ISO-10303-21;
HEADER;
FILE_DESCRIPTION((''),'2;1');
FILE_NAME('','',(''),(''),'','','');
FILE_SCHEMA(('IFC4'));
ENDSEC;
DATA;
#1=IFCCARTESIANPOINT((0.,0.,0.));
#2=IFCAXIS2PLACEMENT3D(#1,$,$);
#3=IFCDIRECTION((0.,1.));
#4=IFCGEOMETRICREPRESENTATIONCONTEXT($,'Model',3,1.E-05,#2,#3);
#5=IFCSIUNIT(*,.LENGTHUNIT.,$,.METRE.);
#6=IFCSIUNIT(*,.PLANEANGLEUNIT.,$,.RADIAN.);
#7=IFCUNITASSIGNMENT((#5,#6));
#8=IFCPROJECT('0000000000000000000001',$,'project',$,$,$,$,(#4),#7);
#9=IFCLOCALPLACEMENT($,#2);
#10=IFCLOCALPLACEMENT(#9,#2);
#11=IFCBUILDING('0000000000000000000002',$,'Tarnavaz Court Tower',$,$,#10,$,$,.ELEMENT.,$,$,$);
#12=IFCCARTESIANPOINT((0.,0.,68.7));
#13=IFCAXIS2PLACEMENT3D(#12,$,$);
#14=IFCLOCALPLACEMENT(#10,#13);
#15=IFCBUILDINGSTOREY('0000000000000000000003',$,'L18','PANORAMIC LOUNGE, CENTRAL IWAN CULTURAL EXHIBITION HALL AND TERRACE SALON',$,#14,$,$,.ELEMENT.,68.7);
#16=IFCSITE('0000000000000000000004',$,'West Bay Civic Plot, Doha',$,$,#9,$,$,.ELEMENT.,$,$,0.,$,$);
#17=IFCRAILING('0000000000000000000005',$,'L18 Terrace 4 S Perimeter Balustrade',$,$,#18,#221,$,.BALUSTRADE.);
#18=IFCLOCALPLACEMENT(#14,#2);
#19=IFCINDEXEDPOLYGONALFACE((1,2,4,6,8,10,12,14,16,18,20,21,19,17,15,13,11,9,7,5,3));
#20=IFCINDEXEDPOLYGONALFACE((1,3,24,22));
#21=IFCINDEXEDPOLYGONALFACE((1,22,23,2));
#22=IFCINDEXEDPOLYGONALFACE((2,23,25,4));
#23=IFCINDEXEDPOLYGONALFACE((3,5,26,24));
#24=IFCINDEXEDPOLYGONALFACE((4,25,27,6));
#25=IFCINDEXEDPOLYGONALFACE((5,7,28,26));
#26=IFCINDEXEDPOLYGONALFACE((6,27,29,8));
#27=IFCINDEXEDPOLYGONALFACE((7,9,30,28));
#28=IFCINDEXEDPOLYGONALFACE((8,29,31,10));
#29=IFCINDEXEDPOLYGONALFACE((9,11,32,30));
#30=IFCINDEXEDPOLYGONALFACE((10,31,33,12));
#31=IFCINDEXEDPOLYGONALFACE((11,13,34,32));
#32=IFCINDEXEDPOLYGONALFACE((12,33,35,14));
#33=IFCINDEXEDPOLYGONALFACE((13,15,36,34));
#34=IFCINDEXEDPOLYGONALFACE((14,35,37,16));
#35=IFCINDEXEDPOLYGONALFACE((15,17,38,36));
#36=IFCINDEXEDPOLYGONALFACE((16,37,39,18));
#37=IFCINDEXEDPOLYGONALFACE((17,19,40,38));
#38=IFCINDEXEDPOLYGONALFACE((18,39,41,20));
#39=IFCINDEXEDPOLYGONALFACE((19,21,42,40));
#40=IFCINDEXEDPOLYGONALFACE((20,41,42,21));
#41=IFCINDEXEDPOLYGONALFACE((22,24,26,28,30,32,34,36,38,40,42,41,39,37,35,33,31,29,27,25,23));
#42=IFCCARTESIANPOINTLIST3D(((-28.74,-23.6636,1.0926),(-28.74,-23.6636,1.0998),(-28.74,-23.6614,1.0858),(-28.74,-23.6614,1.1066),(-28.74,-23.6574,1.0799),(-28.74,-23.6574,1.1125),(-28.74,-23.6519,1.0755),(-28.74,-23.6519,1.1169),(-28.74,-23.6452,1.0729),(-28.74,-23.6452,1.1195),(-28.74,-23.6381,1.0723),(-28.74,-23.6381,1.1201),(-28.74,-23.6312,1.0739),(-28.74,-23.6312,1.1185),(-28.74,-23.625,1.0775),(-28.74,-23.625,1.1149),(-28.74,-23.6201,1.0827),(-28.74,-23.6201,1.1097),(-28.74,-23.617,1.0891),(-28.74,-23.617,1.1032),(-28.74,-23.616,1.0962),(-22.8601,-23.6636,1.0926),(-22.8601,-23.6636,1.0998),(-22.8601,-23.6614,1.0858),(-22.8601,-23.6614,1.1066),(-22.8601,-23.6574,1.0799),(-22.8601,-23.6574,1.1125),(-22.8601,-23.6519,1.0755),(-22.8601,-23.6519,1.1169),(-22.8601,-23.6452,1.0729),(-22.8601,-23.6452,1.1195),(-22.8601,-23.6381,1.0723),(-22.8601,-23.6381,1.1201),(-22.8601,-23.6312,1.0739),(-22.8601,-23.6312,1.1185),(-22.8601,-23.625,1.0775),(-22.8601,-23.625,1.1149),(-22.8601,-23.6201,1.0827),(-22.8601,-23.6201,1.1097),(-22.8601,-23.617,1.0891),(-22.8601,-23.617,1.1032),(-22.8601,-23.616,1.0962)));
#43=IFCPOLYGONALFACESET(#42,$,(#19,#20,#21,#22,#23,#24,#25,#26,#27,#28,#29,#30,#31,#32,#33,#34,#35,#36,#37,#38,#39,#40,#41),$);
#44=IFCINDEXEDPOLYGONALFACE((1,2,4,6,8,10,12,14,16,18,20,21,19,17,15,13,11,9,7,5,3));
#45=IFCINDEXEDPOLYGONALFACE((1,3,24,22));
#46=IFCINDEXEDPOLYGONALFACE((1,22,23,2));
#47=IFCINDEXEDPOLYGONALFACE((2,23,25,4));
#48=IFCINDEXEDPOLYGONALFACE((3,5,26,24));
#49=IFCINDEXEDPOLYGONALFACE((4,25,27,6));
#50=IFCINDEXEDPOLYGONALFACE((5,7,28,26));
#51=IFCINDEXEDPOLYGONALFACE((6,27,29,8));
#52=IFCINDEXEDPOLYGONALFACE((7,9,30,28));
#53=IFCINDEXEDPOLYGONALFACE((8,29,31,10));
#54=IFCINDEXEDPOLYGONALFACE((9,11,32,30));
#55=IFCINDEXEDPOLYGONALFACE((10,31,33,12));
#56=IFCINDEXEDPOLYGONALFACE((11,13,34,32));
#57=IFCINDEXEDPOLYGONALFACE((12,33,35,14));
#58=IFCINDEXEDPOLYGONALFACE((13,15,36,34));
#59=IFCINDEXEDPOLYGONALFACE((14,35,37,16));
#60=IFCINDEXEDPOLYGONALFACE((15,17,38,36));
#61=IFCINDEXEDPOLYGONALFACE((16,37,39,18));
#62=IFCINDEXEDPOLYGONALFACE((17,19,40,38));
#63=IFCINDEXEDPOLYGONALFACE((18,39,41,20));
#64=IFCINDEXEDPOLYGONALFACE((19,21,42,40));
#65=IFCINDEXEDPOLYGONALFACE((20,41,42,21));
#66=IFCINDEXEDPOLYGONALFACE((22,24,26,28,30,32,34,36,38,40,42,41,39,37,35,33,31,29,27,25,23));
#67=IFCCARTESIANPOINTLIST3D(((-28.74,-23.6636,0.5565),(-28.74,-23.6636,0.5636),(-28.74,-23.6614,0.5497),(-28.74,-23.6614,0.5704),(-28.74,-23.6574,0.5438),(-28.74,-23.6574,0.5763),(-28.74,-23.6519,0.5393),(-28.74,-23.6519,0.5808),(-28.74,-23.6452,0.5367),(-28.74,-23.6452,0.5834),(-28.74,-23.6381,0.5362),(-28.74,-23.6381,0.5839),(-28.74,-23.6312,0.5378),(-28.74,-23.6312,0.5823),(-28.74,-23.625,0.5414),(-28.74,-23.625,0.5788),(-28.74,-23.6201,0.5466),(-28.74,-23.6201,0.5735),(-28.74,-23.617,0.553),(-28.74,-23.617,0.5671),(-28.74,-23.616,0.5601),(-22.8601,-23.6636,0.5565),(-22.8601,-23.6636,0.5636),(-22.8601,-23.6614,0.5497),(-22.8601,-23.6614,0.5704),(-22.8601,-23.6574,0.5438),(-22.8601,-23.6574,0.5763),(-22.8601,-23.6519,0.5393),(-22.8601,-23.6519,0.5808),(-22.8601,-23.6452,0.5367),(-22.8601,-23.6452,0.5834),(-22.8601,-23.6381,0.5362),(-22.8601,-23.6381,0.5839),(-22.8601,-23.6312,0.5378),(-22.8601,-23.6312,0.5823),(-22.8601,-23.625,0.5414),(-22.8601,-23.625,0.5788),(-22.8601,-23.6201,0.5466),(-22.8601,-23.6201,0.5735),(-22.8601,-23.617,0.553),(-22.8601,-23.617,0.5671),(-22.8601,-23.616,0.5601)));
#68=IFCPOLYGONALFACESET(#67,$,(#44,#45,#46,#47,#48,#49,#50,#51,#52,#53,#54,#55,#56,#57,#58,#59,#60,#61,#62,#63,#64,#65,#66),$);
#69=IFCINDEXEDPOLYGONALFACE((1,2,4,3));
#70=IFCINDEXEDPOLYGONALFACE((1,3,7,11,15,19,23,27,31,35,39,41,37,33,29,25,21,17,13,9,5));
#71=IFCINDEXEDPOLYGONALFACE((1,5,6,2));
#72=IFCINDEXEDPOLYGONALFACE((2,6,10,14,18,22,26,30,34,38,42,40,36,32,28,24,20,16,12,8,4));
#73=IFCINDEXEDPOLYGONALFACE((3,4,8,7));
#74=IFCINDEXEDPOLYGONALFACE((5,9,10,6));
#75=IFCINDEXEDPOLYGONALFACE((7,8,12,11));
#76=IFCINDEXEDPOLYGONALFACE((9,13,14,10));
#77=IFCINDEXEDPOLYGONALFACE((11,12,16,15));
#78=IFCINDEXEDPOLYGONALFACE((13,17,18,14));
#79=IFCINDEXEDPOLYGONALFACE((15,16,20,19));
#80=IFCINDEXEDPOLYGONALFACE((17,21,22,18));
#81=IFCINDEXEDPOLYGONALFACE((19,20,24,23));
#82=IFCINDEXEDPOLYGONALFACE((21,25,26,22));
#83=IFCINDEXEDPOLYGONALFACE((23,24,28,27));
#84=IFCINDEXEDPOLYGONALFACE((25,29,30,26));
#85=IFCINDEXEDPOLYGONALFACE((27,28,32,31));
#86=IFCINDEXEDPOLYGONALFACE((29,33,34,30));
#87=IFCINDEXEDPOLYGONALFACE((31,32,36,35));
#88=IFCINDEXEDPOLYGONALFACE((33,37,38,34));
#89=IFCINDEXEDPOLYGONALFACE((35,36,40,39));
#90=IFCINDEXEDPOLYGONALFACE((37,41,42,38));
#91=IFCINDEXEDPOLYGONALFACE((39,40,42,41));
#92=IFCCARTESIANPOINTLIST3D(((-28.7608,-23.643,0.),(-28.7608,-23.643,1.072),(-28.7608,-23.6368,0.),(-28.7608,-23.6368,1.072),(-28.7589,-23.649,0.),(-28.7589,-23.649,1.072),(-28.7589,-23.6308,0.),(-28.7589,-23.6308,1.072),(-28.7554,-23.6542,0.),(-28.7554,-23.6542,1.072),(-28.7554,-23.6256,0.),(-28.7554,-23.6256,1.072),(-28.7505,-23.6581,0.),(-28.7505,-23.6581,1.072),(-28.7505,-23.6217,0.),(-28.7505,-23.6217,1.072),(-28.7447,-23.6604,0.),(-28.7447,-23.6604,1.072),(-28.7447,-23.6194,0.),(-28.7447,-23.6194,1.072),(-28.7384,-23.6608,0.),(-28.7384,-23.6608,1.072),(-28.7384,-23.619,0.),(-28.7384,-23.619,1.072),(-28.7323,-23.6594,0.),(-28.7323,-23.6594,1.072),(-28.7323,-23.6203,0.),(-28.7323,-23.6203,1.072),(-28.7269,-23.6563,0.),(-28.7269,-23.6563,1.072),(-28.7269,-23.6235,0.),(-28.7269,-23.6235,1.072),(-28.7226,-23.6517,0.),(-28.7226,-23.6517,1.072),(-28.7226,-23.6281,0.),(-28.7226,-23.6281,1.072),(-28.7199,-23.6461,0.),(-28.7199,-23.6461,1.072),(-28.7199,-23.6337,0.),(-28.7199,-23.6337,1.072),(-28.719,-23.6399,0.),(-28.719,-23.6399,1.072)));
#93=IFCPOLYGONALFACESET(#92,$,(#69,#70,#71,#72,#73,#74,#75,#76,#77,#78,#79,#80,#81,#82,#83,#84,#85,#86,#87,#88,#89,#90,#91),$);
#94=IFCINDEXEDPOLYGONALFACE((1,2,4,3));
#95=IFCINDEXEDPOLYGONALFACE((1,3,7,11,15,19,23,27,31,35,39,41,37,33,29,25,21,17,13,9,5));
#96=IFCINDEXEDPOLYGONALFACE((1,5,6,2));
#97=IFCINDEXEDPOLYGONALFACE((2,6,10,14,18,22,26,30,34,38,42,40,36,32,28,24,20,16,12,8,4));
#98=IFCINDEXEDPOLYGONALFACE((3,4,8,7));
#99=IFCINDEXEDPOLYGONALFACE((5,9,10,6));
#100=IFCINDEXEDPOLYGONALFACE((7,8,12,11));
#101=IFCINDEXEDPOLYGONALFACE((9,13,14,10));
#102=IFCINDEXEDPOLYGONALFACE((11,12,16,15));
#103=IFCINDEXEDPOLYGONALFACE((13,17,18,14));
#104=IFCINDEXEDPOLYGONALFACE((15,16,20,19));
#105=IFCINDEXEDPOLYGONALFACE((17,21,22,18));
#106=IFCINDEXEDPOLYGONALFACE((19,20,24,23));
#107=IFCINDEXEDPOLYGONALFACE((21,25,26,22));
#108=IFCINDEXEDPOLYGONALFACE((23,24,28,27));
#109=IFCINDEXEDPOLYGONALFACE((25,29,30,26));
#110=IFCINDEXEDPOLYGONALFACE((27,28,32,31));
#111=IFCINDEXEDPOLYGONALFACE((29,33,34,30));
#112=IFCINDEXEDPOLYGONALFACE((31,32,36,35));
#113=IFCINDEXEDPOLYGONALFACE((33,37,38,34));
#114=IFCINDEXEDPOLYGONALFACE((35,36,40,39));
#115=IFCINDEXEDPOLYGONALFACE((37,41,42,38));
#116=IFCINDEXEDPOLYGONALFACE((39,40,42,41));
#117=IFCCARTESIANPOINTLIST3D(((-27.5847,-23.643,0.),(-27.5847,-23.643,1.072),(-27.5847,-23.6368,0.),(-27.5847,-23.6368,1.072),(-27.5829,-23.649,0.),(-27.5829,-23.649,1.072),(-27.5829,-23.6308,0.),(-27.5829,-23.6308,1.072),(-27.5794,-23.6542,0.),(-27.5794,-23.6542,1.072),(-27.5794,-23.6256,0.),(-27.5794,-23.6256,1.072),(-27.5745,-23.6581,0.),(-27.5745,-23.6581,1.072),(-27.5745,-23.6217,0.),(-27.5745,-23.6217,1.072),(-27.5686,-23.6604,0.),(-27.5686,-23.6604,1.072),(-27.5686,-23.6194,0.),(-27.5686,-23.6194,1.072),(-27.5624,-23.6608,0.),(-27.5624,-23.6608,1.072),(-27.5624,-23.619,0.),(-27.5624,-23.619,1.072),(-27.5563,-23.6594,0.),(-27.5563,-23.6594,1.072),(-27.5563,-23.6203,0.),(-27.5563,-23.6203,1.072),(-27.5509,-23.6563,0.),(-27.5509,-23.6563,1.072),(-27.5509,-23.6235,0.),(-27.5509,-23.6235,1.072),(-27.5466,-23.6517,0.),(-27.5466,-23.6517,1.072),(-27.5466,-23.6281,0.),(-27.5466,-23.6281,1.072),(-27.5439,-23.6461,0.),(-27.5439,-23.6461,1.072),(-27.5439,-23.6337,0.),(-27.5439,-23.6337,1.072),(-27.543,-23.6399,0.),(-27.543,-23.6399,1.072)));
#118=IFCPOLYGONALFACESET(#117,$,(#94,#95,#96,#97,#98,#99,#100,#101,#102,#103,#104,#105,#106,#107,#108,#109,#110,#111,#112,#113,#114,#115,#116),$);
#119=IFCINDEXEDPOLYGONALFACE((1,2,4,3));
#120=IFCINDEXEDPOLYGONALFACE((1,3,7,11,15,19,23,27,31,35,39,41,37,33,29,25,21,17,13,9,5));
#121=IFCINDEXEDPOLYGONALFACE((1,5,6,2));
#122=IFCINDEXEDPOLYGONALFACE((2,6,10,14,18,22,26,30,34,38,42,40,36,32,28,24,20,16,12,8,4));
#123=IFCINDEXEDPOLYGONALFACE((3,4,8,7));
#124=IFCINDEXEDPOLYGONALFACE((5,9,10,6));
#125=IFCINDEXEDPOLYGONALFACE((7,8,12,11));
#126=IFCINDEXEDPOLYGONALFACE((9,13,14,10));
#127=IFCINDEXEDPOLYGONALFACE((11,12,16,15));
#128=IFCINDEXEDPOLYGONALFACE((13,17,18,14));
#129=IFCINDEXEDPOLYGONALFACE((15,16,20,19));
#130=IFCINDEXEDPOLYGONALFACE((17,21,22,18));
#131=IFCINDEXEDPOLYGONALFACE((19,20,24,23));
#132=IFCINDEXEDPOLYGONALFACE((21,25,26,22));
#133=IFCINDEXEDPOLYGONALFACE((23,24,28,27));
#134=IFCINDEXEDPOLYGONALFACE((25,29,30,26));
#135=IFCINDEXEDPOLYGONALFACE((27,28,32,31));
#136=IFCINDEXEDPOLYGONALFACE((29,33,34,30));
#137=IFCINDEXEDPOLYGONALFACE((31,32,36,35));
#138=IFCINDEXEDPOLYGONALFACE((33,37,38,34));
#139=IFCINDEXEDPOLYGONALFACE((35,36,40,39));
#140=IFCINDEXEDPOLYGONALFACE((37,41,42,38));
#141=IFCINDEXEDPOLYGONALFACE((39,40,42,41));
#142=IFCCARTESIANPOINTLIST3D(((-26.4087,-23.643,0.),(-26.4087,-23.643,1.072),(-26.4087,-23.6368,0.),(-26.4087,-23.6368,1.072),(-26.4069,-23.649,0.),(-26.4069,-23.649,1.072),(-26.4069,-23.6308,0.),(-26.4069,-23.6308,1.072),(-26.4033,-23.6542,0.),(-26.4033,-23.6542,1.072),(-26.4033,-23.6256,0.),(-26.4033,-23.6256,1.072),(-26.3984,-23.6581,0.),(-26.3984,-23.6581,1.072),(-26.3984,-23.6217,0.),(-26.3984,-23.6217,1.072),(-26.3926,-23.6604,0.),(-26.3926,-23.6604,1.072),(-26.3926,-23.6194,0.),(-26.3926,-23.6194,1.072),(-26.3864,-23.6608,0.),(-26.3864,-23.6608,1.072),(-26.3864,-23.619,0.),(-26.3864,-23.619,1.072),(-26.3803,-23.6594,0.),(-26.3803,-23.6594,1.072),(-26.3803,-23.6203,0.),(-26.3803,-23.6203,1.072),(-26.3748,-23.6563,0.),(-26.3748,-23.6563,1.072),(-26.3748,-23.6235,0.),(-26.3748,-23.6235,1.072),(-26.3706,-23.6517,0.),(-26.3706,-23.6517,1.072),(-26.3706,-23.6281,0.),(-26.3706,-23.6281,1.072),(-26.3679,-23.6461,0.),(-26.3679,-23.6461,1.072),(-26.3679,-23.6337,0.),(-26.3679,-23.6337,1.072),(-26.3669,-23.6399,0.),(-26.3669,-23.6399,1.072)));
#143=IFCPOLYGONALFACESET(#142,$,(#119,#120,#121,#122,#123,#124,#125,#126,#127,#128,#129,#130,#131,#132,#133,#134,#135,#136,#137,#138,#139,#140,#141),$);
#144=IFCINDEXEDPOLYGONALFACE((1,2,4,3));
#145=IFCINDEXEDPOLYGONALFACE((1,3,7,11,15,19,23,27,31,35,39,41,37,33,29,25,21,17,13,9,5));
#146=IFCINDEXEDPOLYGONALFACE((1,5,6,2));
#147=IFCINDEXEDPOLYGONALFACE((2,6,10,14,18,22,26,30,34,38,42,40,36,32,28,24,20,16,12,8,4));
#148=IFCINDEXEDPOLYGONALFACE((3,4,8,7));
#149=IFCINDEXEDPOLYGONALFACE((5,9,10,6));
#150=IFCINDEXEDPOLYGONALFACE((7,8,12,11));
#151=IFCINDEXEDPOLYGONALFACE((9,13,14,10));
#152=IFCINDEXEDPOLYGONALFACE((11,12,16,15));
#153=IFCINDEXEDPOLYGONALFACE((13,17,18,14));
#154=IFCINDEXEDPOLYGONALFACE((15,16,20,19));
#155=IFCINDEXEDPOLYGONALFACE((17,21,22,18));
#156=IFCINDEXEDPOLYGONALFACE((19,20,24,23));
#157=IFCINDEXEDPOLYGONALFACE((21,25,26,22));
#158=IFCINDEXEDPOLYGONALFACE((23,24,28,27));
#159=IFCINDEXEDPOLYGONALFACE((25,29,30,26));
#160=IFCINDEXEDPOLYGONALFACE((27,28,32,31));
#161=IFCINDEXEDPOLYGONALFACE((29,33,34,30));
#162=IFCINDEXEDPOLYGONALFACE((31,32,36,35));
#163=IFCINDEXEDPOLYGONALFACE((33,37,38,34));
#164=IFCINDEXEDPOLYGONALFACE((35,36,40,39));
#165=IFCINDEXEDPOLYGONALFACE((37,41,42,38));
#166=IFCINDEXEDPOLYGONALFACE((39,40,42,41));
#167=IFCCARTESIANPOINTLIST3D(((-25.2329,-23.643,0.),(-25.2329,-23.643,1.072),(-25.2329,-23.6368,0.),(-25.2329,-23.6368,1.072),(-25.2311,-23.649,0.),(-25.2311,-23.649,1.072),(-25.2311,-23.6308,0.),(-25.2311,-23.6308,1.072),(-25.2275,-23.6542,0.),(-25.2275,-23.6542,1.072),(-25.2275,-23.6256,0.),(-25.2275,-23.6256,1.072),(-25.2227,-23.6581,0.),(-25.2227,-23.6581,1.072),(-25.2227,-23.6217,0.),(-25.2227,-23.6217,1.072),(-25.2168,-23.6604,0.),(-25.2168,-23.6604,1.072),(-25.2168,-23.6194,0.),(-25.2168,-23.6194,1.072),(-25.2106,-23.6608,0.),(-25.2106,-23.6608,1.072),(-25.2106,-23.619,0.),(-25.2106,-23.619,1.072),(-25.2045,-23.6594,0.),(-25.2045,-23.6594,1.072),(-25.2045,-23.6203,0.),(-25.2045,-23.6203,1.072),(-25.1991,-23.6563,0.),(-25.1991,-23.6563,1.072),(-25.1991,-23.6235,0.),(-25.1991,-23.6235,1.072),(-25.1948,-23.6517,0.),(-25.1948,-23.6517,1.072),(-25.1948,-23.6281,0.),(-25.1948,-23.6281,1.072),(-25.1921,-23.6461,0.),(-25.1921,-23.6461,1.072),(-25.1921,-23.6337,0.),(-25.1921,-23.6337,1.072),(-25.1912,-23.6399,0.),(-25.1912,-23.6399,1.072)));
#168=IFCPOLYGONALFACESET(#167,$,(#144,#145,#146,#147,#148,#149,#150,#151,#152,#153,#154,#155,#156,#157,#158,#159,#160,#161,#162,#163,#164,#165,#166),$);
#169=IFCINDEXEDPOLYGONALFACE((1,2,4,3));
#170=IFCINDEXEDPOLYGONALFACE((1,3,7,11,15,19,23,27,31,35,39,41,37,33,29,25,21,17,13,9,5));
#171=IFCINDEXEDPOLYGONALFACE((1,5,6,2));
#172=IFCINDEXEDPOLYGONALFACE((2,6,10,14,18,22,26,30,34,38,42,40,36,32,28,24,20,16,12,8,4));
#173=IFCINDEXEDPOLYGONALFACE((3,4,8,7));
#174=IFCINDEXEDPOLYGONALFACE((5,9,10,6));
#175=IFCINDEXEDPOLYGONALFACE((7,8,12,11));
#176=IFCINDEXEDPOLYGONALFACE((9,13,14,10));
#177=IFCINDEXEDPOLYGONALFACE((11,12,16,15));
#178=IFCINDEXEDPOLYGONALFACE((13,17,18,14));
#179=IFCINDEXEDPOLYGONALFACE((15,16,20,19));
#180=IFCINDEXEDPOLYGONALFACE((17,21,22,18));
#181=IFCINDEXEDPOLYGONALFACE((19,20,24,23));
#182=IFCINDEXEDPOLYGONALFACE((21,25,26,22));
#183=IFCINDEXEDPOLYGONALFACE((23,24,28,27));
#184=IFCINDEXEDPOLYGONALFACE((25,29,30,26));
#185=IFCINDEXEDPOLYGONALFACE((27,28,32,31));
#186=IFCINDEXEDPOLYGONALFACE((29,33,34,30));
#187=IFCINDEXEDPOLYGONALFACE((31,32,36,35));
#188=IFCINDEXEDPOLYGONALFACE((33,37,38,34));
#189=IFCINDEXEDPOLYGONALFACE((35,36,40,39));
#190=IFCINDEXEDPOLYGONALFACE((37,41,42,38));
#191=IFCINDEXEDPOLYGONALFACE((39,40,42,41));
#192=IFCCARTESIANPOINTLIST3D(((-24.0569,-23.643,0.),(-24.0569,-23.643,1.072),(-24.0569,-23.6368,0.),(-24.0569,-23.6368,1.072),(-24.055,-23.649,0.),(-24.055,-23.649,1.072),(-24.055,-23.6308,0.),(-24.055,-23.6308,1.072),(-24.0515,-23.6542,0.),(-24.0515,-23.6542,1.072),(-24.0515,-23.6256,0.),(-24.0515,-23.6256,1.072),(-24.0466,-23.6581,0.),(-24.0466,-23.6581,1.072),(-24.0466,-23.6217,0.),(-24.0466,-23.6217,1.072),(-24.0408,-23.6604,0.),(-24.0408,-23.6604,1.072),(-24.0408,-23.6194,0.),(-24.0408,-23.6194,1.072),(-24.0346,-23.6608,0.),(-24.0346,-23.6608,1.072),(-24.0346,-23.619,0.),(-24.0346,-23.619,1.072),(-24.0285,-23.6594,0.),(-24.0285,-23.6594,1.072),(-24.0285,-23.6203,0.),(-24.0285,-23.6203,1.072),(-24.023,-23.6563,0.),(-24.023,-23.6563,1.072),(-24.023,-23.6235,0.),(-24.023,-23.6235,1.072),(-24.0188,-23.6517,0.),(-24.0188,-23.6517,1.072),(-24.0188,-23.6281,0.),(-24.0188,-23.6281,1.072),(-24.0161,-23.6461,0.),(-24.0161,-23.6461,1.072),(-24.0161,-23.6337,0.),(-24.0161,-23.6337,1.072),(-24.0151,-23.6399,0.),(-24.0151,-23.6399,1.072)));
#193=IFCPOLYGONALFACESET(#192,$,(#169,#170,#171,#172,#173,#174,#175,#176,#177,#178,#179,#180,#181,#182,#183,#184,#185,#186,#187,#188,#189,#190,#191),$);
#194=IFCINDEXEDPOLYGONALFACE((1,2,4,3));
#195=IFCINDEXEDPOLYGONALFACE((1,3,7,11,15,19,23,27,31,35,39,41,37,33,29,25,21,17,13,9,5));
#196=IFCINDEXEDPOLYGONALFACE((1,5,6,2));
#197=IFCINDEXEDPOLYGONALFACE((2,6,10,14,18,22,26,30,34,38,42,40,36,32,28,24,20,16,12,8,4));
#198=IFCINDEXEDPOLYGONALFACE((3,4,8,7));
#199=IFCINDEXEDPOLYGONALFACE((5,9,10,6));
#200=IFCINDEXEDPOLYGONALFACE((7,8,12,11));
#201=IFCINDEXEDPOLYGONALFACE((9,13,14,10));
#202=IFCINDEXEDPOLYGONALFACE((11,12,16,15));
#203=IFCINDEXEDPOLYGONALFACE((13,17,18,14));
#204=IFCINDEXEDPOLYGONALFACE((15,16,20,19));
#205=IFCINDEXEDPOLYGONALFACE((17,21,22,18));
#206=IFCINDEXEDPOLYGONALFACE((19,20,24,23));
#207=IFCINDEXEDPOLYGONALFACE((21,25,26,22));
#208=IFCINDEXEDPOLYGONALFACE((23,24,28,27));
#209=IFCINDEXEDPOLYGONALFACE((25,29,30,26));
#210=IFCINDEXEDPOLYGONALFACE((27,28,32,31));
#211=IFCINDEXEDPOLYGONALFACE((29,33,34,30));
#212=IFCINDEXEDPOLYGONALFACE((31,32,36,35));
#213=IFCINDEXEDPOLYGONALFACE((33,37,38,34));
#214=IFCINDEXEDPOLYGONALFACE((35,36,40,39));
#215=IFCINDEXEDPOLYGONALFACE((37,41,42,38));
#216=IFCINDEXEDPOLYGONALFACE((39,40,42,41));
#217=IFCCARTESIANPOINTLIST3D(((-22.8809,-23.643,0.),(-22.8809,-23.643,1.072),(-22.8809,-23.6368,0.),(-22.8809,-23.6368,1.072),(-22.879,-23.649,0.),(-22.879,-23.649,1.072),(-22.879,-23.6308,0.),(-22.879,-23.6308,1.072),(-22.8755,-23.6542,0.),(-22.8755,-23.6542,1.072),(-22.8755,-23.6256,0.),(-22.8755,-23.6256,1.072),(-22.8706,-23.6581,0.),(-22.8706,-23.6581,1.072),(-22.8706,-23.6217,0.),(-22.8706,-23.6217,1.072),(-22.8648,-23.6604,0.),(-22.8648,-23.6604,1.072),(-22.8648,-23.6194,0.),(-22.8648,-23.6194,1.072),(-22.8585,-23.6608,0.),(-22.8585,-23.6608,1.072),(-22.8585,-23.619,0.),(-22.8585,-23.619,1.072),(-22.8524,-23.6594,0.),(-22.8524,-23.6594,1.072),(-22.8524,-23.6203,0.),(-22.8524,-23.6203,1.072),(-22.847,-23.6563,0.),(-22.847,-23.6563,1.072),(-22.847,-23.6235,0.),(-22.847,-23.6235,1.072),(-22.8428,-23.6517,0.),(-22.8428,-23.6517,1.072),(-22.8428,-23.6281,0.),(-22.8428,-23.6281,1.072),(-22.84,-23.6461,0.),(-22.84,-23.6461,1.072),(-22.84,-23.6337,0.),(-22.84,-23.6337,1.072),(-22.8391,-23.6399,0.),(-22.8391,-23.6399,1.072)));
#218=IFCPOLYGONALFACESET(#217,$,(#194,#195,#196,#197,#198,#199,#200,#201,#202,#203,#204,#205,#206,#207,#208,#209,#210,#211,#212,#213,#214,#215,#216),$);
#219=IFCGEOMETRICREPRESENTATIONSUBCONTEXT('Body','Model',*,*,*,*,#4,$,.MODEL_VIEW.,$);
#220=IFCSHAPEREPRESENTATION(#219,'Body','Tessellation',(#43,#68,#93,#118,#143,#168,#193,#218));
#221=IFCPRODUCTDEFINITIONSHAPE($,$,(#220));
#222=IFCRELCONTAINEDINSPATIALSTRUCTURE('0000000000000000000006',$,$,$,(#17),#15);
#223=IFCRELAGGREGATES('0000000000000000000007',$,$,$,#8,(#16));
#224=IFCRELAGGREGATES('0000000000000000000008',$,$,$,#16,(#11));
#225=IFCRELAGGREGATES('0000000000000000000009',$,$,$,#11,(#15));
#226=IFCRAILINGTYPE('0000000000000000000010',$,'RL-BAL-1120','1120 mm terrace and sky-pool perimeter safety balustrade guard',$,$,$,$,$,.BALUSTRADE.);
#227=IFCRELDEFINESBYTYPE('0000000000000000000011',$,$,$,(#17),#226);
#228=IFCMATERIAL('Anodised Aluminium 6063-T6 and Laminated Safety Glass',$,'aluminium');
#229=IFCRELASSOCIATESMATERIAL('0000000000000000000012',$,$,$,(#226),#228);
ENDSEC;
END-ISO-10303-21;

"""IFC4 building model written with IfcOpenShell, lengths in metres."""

from ifc_helpers import new_model, si_unit, direction, frame, origin, origin_2d, place, context, subcontext, project, spatial, circle, extrude, material, type_object, element, save


model = new_model("IFC4")

# Units and contexts
model_context = context("Model", 3, precision=1e-05, world=origin(), true_north=direction((0.0, 1.0)))
body_context = subcontext(model_context, "Body", "Model", "MODEL_VIEW")
ifc_project = project(units=[si_unit("LENGTHUNIT", "METRE"), si_unit("PLANEANGLEUNIT", "RADIAN")], contexts=[model_context])

# Site, building, storey
site_placement = place(None, origin())
site = spatial("IfcSite", under=ifc_project, at=site_placement, Name="West Bay Civic Plot, Doha", CompositionType="ELEMENT", RefElevation=0.0)
building_placement = place(site_placement, origin())
building = spatial("IfcBuilding", under=site, at=building_placement, Name="Tarnavaz Court Tower", CompositionType="ELEMENT")
storey_placement = place(building_placement, frame((0.0, 0.0, 68.7)))
storey = spatial("IfcBuildingStorey", under=building, at=storey_placement, Name="L18", Description="PANORAMIC LOUNGE, CENTRAL IWAN CULTURAL EXHIBITION HALL AND TERRACE SALON", CompositionType="ELEMENT", Elevation=68.7)

# Railing
ifc_material_1 = material(Name="Anodised Aluminium 6063-T6 and Laminated Safety Glass", Category="aluminium")
railing_type = type_object("IfcRailingType", Name="RL-BAL-1120", Description="1120 mm terrace and sky-pool perimeter safety balustrade guard", PredefinedType="BALUSTRADE", material=ifc_material_1)
railing_1_placement = place(storey_placement, frame((-28.74, -23.6399, 0.0)))
element("IfcRailing", 1, at=railing_1_placement, inside=storey, type_object=railing_type, Name="L18 Terrace 4 S Perimeter Balustrade", PredefinedType="BALUSTRADE", context=body_context, shape_type="SweptSolid", body=[
    extrude(circle(Radius=0.0239, at=origin_2d()), frame((0.0, 0.0, 1.0962), z_axis=(1.0, 0.0, 0.0), x_axis=(0.0, 1.0, 0.0)), (0.0, 0.0, 1.0), 5.8799),
    extrude(circle(Radius=0.0239, at=origin_2d()), frame((0.0, 0.0, 0.5601), z_axis=(1.0, 0.0, 0.0), x_axis=(0.0, 1.0, 0.0)), (0.0, 0.0, 1.0), 5.8799),
    extrude(circle(Radius=0.021, at=origin_2d()), origin(), (0.0, 0.0, 1.0), 1.072),
    extrude(circle(Radius=0.021, at=origin_2d()), frame((1.176, 0.0, 0.0)), (0.0, 0.0, 1.0), 1.072),
    extrude(circle(Radius=0.021, at=origin_2d()), frame((2.3521, 0.0, 0.0)), (0.0, 0.0, 1.0), 1.072),
    extrude(circle(Radius=0.021, at=origin_2d()), frame((3.5278, 0.0, 0.0)), (0.0, 0.0, 1.0), 1.072),
    extrude(circle(Radius=0.021, at=origin_2d()), frame((4.7039, 0.0, 0.0)), (0.0, 0.0, 1.0), 1.072),
    extrude(circle(Radius=0.021, at=origin_2d()), frame((5.8799, 0.0, 0.0)), (0.0, 0.0, 1.0), 1.072),
])

save(model, "model.ifc")
